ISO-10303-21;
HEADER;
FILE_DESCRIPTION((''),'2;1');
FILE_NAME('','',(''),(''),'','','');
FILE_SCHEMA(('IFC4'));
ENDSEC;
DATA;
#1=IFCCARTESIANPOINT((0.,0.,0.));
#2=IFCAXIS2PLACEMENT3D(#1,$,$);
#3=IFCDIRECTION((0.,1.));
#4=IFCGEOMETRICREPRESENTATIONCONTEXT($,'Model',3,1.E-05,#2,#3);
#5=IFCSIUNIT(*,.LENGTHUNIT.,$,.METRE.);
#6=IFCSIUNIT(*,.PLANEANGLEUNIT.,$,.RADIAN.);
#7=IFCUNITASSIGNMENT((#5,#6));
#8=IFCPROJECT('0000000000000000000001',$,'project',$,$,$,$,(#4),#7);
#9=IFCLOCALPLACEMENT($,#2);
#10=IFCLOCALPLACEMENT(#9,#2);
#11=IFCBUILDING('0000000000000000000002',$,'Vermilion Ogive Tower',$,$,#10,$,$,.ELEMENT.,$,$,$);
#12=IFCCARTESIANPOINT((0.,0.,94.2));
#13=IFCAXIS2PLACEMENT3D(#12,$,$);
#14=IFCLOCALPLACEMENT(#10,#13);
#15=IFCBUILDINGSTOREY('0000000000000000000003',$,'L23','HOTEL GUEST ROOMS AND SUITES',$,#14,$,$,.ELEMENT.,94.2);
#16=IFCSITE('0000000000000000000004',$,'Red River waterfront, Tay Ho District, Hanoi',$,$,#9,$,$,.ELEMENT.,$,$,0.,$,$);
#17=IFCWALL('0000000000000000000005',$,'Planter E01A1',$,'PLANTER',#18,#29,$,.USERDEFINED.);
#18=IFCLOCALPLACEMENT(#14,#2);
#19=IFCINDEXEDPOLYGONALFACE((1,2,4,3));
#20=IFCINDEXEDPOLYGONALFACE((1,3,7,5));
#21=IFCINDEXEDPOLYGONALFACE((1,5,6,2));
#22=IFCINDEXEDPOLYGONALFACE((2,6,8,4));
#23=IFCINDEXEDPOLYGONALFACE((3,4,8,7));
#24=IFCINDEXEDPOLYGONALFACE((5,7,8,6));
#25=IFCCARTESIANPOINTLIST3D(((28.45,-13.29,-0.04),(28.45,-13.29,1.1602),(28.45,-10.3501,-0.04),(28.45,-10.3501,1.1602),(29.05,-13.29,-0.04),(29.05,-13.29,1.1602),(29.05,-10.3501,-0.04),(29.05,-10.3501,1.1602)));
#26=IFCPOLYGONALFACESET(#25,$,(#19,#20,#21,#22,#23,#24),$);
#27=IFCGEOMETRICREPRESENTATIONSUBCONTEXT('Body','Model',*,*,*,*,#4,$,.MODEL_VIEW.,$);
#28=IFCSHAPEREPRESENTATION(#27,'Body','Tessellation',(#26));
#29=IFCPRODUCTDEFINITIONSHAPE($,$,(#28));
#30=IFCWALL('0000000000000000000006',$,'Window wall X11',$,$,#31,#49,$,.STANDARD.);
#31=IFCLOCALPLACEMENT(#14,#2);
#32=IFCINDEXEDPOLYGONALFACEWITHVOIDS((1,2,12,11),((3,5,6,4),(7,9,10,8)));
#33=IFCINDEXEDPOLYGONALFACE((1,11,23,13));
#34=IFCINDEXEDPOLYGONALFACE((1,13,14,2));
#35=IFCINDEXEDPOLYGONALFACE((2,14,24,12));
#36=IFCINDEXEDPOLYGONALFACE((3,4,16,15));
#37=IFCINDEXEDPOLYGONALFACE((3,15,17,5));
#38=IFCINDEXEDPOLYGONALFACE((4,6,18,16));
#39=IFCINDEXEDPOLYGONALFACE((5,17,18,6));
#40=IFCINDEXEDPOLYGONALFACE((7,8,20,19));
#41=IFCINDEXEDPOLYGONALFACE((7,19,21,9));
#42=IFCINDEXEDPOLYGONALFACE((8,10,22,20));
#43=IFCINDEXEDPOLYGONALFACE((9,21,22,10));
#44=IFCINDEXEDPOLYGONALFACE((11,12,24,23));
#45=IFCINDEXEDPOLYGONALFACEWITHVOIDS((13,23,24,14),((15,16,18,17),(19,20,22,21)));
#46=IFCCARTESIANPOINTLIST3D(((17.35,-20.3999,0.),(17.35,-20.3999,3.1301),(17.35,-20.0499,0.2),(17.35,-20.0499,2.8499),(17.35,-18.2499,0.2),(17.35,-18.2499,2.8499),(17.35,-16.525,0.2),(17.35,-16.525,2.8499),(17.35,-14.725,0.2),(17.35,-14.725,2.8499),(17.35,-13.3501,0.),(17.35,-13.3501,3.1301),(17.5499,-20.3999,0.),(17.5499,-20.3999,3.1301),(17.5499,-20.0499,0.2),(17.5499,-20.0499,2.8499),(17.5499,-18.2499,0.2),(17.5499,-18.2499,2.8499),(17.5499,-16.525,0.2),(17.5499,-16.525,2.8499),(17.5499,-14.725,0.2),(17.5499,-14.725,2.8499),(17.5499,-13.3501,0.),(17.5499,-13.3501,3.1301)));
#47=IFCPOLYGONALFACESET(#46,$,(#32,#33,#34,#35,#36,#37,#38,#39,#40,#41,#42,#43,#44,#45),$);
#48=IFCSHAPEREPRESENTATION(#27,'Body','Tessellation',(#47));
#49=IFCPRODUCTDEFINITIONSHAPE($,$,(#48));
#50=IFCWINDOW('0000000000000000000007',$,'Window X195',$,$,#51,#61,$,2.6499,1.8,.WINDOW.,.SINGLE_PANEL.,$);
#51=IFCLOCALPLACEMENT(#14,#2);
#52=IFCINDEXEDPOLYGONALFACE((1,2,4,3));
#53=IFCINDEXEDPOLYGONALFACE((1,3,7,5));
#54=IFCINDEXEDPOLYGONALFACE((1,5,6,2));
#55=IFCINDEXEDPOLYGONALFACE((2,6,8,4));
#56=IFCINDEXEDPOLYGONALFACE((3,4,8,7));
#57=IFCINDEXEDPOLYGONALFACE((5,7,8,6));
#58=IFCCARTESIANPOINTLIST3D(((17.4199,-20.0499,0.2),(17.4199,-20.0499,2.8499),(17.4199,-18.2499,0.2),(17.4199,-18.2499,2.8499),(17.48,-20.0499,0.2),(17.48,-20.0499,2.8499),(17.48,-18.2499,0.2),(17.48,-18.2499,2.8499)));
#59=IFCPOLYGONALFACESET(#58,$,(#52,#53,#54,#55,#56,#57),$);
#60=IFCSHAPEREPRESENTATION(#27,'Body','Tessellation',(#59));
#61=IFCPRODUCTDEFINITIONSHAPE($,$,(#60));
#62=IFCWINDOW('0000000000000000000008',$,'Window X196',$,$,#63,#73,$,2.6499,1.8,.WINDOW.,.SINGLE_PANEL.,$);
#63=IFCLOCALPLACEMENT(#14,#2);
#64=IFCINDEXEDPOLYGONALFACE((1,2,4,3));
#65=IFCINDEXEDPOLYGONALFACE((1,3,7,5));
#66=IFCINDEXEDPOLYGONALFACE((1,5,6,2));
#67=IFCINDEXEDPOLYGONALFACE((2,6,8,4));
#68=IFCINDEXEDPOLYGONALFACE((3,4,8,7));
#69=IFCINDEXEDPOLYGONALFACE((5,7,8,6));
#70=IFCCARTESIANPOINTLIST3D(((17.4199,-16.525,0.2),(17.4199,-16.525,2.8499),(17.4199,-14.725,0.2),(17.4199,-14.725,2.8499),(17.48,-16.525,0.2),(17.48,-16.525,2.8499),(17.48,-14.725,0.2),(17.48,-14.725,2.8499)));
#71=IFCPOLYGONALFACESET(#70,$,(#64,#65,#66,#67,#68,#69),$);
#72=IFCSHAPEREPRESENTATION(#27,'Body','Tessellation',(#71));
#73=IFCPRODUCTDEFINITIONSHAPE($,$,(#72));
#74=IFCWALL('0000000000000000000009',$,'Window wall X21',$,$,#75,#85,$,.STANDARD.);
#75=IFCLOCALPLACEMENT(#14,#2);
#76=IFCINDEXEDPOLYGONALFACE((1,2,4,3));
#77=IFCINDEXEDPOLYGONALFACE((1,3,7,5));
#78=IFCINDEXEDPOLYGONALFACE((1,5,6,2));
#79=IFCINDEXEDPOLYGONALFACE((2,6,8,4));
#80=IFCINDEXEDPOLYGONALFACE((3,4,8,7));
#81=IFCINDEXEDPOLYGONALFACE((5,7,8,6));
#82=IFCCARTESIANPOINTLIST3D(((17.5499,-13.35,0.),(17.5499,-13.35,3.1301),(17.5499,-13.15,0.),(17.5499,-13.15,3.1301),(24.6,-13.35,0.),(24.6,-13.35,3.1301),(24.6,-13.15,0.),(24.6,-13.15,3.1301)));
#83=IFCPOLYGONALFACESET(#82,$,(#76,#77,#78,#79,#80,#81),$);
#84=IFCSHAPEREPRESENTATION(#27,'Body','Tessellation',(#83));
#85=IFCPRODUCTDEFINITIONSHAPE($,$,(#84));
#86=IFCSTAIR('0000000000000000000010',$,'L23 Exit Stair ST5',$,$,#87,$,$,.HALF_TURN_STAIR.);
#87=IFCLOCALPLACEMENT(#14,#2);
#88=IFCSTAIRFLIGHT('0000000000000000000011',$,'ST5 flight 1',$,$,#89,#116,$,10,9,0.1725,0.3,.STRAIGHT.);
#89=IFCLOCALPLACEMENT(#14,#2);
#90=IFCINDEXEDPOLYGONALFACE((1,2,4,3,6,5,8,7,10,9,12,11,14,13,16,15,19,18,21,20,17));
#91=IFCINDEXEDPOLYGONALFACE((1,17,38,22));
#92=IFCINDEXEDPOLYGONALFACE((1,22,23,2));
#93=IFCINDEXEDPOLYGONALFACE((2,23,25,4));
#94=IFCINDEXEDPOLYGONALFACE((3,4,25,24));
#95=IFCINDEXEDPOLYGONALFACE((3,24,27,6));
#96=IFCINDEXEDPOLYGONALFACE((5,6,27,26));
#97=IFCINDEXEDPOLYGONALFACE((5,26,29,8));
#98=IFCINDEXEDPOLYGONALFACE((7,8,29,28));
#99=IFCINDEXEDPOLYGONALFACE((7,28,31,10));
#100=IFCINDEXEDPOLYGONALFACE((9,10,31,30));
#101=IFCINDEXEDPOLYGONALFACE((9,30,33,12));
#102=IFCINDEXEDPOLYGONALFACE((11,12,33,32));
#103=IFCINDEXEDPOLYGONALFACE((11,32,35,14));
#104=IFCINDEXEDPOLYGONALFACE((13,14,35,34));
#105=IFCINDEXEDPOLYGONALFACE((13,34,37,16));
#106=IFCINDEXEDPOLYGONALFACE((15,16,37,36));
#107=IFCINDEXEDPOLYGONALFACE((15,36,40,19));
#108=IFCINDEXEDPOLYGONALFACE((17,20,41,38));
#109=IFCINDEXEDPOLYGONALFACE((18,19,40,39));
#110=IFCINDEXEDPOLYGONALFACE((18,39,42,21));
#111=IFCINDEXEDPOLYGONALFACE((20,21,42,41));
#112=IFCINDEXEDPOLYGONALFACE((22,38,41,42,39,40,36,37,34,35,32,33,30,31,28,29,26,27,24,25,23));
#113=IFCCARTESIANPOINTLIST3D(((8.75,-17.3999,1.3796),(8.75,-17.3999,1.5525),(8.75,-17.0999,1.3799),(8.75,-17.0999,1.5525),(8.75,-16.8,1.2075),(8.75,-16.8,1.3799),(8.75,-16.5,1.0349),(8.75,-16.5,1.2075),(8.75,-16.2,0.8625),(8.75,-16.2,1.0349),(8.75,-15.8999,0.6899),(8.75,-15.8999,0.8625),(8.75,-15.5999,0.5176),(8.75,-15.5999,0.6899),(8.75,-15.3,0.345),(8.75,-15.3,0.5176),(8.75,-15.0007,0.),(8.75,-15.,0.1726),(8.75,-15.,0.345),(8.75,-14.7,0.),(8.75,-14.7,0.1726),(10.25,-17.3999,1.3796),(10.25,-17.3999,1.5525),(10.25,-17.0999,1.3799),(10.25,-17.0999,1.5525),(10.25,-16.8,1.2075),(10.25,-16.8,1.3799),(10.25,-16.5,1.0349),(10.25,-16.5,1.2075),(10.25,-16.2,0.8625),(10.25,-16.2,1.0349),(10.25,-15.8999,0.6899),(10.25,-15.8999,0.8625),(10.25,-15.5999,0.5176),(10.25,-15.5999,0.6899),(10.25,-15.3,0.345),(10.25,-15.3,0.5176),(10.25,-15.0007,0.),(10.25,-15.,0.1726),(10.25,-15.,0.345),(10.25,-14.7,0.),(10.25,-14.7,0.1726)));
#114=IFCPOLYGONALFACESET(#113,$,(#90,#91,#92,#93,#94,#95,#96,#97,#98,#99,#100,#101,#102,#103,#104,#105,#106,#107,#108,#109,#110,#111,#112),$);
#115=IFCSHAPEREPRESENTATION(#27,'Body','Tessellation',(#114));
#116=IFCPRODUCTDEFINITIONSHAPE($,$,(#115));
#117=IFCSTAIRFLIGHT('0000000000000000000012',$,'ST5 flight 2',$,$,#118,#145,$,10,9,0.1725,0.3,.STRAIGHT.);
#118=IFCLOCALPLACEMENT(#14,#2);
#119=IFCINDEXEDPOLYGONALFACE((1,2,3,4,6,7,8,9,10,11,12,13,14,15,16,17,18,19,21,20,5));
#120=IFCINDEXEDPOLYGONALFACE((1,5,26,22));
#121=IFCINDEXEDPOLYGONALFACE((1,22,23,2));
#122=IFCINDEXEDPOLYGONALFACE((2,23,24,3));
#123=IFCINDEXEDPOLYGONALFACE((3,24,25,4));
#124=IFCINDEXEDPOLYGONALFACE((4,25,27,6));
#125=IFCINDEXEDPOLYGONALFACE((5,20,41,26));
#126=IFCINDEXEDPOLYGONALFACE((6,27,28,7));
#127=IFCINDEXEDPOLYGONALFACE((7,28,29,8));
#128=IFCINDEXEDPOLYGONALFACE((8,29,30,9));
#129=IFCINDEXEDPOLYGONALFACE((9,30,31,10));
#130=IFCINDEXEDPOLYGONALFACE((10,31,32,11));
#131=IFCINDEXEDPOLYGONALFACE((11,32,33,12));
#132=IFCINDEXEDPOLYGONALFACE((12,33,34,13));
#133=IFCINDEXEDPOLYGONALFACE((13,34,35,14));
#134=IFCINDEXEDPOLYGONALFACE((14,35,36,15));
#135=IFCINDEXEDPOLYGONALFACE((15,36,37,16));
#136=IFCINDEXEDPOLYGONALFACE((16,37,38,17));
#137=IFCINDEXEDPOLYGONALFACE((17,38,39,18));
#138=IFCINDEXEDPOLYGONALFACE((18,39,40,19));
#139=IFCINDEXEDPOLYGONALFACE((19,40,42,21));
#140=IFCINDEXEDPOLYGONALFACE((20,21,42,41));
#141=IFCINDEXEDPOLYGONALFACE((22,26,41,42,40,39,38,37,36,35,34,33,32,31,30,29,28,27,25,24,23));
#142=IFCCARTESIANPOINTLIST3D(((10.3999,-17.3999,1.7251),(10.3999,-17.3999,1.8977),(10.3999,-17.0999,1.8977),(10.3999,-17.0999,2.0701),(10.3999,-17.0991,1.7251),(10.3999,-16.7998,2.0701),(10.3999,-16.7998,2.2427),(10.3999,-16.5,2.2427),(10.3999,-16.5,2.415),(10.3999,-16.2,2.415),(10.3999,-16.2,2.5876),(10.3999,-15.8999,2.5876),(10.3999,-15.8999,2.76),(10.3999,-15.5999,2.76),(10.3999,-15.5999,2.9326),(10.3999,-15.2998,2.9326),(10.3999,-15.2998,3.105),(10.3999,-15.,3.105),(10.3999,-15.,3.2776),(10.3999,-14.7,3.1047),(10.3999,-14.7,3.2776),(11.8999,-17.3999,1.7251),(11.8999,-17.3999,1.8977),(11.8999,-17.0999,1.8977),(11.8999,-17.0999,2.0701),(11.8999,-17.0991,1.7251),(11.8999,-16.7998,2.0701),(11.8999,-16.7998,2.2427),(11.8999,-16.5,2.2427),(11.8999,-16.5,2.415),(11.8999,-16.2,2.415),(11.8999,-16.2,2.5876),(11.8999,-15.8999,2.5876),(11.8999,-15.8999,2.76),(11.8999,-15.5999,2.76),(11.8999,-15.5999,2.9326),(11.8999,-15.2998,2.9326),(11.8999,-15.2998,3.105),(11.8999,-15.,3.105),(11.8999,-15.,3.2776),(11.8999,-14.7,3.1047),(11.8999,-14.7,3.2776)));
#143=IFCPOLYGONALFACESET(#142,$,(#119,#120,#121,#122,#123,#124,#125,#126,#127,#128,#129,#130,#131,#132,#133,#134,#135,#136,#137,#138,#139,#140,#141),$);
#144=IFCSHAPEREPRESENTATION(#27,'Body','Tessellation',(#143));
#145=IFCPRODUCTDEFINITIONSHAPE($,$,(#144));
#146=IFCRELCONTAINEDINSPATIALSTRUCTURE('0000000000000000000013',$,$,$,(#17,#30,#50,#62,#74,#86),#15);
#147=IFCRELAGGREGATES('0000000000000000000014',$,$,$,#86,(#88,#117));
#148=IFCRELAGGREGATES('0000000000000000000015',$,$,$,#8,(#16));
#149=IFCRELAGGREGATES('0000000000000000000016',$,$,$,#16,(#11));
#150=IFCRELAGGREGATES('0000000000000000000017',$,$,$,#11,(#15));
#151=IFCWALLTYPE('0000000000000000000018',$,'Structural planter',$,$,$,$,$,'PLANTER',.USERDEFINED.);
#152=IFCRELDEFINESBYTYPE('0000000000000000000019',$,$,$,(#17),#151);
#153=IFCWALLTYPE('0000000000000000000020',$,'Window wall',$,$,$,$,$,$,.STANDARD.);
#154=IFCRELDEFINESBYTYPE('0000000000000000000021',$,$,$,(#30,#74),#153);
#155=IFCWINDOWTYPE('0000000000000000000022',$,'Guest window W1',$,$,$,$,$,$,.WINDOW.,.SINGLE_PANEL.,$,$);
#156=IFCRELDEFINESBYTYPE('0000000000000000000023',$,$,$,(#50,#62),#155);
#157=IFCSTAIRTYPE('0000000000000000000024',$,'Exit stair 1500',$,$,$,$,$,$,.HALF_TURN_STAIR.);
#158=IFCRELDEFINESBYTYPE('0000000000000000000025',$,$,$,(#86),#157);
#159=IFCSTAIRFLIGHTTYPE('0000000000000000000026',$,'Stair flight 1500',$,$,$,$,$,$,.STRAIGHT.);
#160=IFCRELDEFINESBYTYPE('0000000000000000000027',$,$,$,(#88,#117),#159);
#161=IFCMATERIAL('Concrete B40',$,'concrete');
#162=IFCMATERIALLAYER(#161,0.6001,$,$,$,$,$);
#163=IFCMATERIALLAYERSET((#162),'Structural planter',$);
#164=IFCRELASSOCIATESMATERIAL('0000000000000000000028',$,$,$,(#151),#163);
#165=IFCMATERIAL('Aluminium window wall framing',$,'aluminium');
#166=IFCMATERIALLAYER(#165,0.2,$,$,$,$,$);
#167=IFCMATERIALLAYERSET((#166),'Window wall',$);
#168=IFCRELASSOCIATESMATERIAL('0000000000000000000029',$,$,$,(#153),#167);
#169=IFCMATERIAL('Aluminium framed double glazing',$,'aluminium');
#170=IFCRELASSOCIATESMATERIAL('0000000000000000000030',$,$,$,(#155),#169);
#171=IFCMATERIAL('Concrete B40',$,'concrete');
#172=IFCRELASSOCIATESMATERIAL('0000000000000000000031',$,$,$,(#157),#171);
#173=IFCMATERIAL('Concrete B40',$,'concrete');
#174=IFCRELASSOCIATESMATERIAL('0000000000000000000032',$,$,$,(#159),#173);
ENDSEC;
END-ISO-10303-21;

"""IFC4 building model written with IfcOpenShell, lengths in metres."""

from ifc_helpers import new_model, si_unit, direction, frame, frame_2d, origin, place, context, subcontext, project, spatial, polyline, rectangle, outline, extrude, material, layer, layer_set, type_object, element, fill, aggregate, save


model = new_model("IFC4")

# Units and contexts
model_context = context("Model", 3, precision=1e-05, world=origin(), true_north=direction((0.0, 1.0)))
body_context = subcontext(model_context, "Body", "Model", "MODEL_VIEW")
ifc_project = project(units=[si_unit("LENGTHUNIT", "METRE"), si_unit("PLANEANGLEUNIT", "RADIAN")], contexts=[model_context])

# Site, building, storey
site_placement = place(None, origin())
site = spatial("IfcSite", under=ifc_project, at=site_placement, Name="Red River waterfront, Tay Ho District, Hanoi", CompositionType="ELEMENT", RefElevation=0.0)
building_placement = place(site_placement, origin())
building = spatial("IfcBuilding", under=site, at=building_placement, Name="Vermilion Ogive Tower", CompositionType="ELEMENT")
storey_placement = place(building_placement, frame((0.0, 0.0, 94.2)))
storey = spatial("IfcBuildingStorey", under=building, at=storey_placement, Name="L23", Description="HOTEL GUEST ROOMS AND SUITES", CompositionType="ELEMENT", Elevation=94.2)

# Wall
ifc_material_1 = material(Name="Concrete B40", Category="concrete")
ifc_layer_1 = layer(ifc_material_1, 0.6001)
ifc_layer_set_1 = layer_set([ifc_layer_1], Name="Structural planter")
wall_type_1 = type_object("IfcWallType", Name="Structural planter", ElementType="PLANTER", PredefinedType="USERDEFINED", material=ifc_layer_set_1)
wall_1_placement = place(storey_placement, frame((28.75, -13.29, -0.04), z_axis=(0.0, 0.0, 1.0), x_axis=(0.0, 1.0, 0.0)))
element("IfcWall", 1, at=wall_1_placement, inside=storey, type_object=wall_type_1, Name="Planter E01A1", ObjectType="PLANTER", PredefinedType="USERDEFINED", context=body_context, shape_type="SweptSolid", body=[
    extrude(rectangle(XDim=2.9399, YDim=0.6001, at=frame_2d((1.47, 0.0))), origin(), (0.0, 0.0, 1.0), 1.2002),
])

# Shared definitions
ifc_material_2 = material(Name="Aluminium window wall framing", Category="aluminium")
ifc_layer_2 = layer(ifc_material_2, 0.2)
ifc_layer_set_2 = layer_set([ifc_layer_2], Name="Window wall")
wall_type_2 = type_object("IfcWallType", Name="Window wall", PredefinedType="STANDARD", material=ifc_layer_set_2)
ifc_material_3 = material(Name="Aluminium framed double glazing", Category="aluminium")
window_type = type_object("IfcWindowType", Name="Guest window W1", PartitioningType="SINGLE_PANEL", PredefinedType="WINDOW", material=ifc_material_3)

# Wall, openings, windows
wall_2_placement = place(storey_placement, frame((17.45, -20.3999, 0.0), z_axis=(0.0, 0.0, 1.0), x_axis=(0.0, 1.0, 0.0)))
wall_2 = element("IfcWall", 2, at=wall_2_placement, inside=storey, type_object=wall_type_2, Name="Window wall X11", PredefinedType="STANDARD", context=body_context, shape_type="SweptSolid", body=[
    extrude(rectangle(XDim=7.0498, YDim=0.2, at=frame_2d((3.5249, 0.0))), origin(), (0.0, 0.0, 1.0), 3.1301),
])
opening_1_placement = place(wall_2_placement, frame((0.3501, 0.0, 0.2)))
opening_1 = element("IfcOpeningElement", 3, at=opening_1_placement, cuts=wall_2, PredefinedType="OPENING", context=body_context, shape_type="SweptSolid", body=[
    extrude(rectangle(XDim=1.8, YDim=2.6499, at=frame_2d((0.8999, 1.325))), frame((0.0, 0.1099, 0.0), z_axis=(0.0, -1.0, 0.0), x_axis=(1.0, 0.0, 0.0)), (0.0, 0.0, 1.0), 0.22),
])
opening_2_placement = place(wall_2_placement, frame((3.875, 0.0, 0.2)))
opening_2 = element("IfcOpeningElement", 4, at=opening_2_placement, cuts=wall_2, PredefinedType="OPENING", context=body_context, shape_type="SweptSolid", body=[
    extrude(rectangle(XDim=1.8, YDim=2.6499, at=frame_2d((0.8999, 1.325))), frame((0.0, 0.1099, 0.0), z_axis=(0.0, -1.0, 0.0), x_axis=(1.0, 0.0, 0.0)), (0.0, 0.0, 1.0), 0.22),
])
window_1_placement = place(opening_1_placement, origin())
window_1 = element("IfcWindow", 5, at=window_1_placement, inside=storey, type_object=window_type, Name="Window X195", OverallHeight=2.6499, OverallWidth=1.8, PartitioningType="SINGLE_PANEL", PredefinedType="WINDOW", context=body_context, shape_type="SweptSolid", body=[
    extrude(rectangle(XDim=1.8, YDim=2.6499, at=frame_2d((0.8999, 1.325))), frame((0.0, 0.03, 0.0), z_axis=(0.0, -1.0, 0.0), x_axis=(1.0, 0.0, 0.0)), (0.0, 0.0, 1.0), 0.0601),
])
fill(opening_1, window_1)
window_2_placement = place(opening_2_placement, origin())
window_2 = element("IfcWindow", 6, at=window_2_placement, inside=storey, type_object=window_type, Name="Window X196", OverallHeight=2.6499, OverallWidth=1.8, PartitioningType="SINGLE_PANEL", PredefinedType="WINDOW", context=body_context, shape_type="SweptSolid", body=[
    extrude(rectangle(XDim=1.8, YDim=2.6499, at=frame_2d((0.8999, 1.325))), frame((0.0, 0.03, 0.0), z_axis=(0.0, -1.0, 0.0), x_axis=(1.0, 0.0, 0.0)), (0.0, 0.0, 1.0), 0.0601),
])
fill(opening_2, window_2)

# Wall
wall_3_placement = place(storey_placement, frame((17.55, -13.25, 0.0), z_axis=(0.0, 0.0, 1.0), x_axis=(1.0, 0.0, 0.0)))
element("IfcWall", 7, at=wall_3_placement, inside=storey, type_object=wall_type_2, Name="Window wall X21", PredefinedType="STANDARD", context=body_context, shape_type="SweptSolid", body=[
    extrude(rectangle(XDim=7.05, YDim=0.2, at=frame_2d((3.5249, 0.0))), origin(), (0.0, 0.0, 1.0), 3.1301),
])

# Stair, stair flights
ifc_material_4 = material(Name="Concrete B40", Category="concrete")
stair_type = type_object("IfcStairType", Name="Exit stair 1500", PredefinedType="HALF_TURN_STAIR", material=ifc_material_4)
stair_placement = place(storey_placement, origin())
stair = element("IfcStair", 8, at=stair_placement, inside=storey, type_object=stair_type, Name="L23 Exit Stair ST5", PredefinedType="HALF_TURN_STAIR")
ifc_material_5 = material(Name="Concrete B40", Category="concrete")
stair_flight_type = type_object("IfcStairFlightType", Name="Stair flight 1500", PredefinedType="STRAIGHT", material=ifc_material_5)
stair_flight_1_placement = place(storey_placement, frame((9.5, -14.7, 0.0), z_axis=(0.0, 0.0, 1.0), x_axis=(0.0, -1.0, 0.0)))
stair_flight_1 = element("IfcStairFlight", 9, at=stair_flight_1_placement, type_object=stair_flight_type, Name="ST5 flight 1", NumberOfRisers=10, NumberOfTreads=9, PredefinedType="STRAIGHT", RiserHeight=0.1725, TreadLength=0.3, context=body_context, shape_type="SweptSolid", body=[
    extrude(outline(polyline([(0.0, 0.0), (0.0, 0.1726), (0.3, 0.1726), (0.3, 0.345), (0.6001, 0.345), (0.6001, 0.5176), (0.8999, 0.5176), (0.8999, 0.6899), (1.2, 0.6899), (1.2, 0.8625), (1.5, 0.8625), (1.5, 1.0349), (1.8, 1.0349), (1.8, 1.2075), (2.1001, 1.2075), (2.1001, 1.3799), (2.3999, 1.3799), (2.3999, 1.5525), (2.7, 1.5525), (2.7, 1.7251), (2.7, 1.3796), (0.3008, 0.0), (0.0, 0.0)])), frame((0.0, 0.75, 0.0), z_axis=(0.0, -1.0, 0.0), x_axis=(1.0, 0.0, 0.0)), (0.0, 0.0, 1.0), 1.5),
])
stair_flight_2_placement = place(storey_placement, frame((11.1499, -17.3999, 1.7251), z_axis=(0.0, 0.0, 1.0), x_axis=(0.0, 1.0, 0.0)))
stair_flight_2 = element("IfcStairFlight", 10, at=stair_flight_2_placement, type_object=stair_flight_type, Name="ST5 flight 2", NumberOfRisers=10, NumberOfTreads=9, PredefinedType="STRAIGHT", RiserHeight=0.1725, TreadLength=0.3, context=body_context, shape_type="SweptSolid", body=[
    extrude(outline(polyline([(0.0, 0.0), (0.0, 0.1726), (0.3, 0.1726), (0.3, 0.345), (0.6001, 0.345), (0.6001, 0.5176), (0.8999, 0.5176), (0.8999, 0.6899), (1.2, 0.6899), (1.2, 0.8625), (1.5, 0.8625), (1.5, 1.0349), (1.8, 1.0349), (1.8, 1.2075), (2.1001, 1.2075), (2.1001, 1.3799), (2.3999, 1.3799), (2.3999, 1.5525), (2.7, 1.5525), (2.7, 1.7251), (2.7, 1.3796), (0.3008, 0.0), (0.0, 0.0)])), frame((0.0, 0.75, 0.0), z_axis=(0.0, -1.0, 0.0), x_axis=(1.0, 0.0, 0.0)), (0.0, 0.0, 1.0), 1.5),
])
aggregate(stair, [stair_flight_1, stair_flight_2])

save(model, "model.ifc")
